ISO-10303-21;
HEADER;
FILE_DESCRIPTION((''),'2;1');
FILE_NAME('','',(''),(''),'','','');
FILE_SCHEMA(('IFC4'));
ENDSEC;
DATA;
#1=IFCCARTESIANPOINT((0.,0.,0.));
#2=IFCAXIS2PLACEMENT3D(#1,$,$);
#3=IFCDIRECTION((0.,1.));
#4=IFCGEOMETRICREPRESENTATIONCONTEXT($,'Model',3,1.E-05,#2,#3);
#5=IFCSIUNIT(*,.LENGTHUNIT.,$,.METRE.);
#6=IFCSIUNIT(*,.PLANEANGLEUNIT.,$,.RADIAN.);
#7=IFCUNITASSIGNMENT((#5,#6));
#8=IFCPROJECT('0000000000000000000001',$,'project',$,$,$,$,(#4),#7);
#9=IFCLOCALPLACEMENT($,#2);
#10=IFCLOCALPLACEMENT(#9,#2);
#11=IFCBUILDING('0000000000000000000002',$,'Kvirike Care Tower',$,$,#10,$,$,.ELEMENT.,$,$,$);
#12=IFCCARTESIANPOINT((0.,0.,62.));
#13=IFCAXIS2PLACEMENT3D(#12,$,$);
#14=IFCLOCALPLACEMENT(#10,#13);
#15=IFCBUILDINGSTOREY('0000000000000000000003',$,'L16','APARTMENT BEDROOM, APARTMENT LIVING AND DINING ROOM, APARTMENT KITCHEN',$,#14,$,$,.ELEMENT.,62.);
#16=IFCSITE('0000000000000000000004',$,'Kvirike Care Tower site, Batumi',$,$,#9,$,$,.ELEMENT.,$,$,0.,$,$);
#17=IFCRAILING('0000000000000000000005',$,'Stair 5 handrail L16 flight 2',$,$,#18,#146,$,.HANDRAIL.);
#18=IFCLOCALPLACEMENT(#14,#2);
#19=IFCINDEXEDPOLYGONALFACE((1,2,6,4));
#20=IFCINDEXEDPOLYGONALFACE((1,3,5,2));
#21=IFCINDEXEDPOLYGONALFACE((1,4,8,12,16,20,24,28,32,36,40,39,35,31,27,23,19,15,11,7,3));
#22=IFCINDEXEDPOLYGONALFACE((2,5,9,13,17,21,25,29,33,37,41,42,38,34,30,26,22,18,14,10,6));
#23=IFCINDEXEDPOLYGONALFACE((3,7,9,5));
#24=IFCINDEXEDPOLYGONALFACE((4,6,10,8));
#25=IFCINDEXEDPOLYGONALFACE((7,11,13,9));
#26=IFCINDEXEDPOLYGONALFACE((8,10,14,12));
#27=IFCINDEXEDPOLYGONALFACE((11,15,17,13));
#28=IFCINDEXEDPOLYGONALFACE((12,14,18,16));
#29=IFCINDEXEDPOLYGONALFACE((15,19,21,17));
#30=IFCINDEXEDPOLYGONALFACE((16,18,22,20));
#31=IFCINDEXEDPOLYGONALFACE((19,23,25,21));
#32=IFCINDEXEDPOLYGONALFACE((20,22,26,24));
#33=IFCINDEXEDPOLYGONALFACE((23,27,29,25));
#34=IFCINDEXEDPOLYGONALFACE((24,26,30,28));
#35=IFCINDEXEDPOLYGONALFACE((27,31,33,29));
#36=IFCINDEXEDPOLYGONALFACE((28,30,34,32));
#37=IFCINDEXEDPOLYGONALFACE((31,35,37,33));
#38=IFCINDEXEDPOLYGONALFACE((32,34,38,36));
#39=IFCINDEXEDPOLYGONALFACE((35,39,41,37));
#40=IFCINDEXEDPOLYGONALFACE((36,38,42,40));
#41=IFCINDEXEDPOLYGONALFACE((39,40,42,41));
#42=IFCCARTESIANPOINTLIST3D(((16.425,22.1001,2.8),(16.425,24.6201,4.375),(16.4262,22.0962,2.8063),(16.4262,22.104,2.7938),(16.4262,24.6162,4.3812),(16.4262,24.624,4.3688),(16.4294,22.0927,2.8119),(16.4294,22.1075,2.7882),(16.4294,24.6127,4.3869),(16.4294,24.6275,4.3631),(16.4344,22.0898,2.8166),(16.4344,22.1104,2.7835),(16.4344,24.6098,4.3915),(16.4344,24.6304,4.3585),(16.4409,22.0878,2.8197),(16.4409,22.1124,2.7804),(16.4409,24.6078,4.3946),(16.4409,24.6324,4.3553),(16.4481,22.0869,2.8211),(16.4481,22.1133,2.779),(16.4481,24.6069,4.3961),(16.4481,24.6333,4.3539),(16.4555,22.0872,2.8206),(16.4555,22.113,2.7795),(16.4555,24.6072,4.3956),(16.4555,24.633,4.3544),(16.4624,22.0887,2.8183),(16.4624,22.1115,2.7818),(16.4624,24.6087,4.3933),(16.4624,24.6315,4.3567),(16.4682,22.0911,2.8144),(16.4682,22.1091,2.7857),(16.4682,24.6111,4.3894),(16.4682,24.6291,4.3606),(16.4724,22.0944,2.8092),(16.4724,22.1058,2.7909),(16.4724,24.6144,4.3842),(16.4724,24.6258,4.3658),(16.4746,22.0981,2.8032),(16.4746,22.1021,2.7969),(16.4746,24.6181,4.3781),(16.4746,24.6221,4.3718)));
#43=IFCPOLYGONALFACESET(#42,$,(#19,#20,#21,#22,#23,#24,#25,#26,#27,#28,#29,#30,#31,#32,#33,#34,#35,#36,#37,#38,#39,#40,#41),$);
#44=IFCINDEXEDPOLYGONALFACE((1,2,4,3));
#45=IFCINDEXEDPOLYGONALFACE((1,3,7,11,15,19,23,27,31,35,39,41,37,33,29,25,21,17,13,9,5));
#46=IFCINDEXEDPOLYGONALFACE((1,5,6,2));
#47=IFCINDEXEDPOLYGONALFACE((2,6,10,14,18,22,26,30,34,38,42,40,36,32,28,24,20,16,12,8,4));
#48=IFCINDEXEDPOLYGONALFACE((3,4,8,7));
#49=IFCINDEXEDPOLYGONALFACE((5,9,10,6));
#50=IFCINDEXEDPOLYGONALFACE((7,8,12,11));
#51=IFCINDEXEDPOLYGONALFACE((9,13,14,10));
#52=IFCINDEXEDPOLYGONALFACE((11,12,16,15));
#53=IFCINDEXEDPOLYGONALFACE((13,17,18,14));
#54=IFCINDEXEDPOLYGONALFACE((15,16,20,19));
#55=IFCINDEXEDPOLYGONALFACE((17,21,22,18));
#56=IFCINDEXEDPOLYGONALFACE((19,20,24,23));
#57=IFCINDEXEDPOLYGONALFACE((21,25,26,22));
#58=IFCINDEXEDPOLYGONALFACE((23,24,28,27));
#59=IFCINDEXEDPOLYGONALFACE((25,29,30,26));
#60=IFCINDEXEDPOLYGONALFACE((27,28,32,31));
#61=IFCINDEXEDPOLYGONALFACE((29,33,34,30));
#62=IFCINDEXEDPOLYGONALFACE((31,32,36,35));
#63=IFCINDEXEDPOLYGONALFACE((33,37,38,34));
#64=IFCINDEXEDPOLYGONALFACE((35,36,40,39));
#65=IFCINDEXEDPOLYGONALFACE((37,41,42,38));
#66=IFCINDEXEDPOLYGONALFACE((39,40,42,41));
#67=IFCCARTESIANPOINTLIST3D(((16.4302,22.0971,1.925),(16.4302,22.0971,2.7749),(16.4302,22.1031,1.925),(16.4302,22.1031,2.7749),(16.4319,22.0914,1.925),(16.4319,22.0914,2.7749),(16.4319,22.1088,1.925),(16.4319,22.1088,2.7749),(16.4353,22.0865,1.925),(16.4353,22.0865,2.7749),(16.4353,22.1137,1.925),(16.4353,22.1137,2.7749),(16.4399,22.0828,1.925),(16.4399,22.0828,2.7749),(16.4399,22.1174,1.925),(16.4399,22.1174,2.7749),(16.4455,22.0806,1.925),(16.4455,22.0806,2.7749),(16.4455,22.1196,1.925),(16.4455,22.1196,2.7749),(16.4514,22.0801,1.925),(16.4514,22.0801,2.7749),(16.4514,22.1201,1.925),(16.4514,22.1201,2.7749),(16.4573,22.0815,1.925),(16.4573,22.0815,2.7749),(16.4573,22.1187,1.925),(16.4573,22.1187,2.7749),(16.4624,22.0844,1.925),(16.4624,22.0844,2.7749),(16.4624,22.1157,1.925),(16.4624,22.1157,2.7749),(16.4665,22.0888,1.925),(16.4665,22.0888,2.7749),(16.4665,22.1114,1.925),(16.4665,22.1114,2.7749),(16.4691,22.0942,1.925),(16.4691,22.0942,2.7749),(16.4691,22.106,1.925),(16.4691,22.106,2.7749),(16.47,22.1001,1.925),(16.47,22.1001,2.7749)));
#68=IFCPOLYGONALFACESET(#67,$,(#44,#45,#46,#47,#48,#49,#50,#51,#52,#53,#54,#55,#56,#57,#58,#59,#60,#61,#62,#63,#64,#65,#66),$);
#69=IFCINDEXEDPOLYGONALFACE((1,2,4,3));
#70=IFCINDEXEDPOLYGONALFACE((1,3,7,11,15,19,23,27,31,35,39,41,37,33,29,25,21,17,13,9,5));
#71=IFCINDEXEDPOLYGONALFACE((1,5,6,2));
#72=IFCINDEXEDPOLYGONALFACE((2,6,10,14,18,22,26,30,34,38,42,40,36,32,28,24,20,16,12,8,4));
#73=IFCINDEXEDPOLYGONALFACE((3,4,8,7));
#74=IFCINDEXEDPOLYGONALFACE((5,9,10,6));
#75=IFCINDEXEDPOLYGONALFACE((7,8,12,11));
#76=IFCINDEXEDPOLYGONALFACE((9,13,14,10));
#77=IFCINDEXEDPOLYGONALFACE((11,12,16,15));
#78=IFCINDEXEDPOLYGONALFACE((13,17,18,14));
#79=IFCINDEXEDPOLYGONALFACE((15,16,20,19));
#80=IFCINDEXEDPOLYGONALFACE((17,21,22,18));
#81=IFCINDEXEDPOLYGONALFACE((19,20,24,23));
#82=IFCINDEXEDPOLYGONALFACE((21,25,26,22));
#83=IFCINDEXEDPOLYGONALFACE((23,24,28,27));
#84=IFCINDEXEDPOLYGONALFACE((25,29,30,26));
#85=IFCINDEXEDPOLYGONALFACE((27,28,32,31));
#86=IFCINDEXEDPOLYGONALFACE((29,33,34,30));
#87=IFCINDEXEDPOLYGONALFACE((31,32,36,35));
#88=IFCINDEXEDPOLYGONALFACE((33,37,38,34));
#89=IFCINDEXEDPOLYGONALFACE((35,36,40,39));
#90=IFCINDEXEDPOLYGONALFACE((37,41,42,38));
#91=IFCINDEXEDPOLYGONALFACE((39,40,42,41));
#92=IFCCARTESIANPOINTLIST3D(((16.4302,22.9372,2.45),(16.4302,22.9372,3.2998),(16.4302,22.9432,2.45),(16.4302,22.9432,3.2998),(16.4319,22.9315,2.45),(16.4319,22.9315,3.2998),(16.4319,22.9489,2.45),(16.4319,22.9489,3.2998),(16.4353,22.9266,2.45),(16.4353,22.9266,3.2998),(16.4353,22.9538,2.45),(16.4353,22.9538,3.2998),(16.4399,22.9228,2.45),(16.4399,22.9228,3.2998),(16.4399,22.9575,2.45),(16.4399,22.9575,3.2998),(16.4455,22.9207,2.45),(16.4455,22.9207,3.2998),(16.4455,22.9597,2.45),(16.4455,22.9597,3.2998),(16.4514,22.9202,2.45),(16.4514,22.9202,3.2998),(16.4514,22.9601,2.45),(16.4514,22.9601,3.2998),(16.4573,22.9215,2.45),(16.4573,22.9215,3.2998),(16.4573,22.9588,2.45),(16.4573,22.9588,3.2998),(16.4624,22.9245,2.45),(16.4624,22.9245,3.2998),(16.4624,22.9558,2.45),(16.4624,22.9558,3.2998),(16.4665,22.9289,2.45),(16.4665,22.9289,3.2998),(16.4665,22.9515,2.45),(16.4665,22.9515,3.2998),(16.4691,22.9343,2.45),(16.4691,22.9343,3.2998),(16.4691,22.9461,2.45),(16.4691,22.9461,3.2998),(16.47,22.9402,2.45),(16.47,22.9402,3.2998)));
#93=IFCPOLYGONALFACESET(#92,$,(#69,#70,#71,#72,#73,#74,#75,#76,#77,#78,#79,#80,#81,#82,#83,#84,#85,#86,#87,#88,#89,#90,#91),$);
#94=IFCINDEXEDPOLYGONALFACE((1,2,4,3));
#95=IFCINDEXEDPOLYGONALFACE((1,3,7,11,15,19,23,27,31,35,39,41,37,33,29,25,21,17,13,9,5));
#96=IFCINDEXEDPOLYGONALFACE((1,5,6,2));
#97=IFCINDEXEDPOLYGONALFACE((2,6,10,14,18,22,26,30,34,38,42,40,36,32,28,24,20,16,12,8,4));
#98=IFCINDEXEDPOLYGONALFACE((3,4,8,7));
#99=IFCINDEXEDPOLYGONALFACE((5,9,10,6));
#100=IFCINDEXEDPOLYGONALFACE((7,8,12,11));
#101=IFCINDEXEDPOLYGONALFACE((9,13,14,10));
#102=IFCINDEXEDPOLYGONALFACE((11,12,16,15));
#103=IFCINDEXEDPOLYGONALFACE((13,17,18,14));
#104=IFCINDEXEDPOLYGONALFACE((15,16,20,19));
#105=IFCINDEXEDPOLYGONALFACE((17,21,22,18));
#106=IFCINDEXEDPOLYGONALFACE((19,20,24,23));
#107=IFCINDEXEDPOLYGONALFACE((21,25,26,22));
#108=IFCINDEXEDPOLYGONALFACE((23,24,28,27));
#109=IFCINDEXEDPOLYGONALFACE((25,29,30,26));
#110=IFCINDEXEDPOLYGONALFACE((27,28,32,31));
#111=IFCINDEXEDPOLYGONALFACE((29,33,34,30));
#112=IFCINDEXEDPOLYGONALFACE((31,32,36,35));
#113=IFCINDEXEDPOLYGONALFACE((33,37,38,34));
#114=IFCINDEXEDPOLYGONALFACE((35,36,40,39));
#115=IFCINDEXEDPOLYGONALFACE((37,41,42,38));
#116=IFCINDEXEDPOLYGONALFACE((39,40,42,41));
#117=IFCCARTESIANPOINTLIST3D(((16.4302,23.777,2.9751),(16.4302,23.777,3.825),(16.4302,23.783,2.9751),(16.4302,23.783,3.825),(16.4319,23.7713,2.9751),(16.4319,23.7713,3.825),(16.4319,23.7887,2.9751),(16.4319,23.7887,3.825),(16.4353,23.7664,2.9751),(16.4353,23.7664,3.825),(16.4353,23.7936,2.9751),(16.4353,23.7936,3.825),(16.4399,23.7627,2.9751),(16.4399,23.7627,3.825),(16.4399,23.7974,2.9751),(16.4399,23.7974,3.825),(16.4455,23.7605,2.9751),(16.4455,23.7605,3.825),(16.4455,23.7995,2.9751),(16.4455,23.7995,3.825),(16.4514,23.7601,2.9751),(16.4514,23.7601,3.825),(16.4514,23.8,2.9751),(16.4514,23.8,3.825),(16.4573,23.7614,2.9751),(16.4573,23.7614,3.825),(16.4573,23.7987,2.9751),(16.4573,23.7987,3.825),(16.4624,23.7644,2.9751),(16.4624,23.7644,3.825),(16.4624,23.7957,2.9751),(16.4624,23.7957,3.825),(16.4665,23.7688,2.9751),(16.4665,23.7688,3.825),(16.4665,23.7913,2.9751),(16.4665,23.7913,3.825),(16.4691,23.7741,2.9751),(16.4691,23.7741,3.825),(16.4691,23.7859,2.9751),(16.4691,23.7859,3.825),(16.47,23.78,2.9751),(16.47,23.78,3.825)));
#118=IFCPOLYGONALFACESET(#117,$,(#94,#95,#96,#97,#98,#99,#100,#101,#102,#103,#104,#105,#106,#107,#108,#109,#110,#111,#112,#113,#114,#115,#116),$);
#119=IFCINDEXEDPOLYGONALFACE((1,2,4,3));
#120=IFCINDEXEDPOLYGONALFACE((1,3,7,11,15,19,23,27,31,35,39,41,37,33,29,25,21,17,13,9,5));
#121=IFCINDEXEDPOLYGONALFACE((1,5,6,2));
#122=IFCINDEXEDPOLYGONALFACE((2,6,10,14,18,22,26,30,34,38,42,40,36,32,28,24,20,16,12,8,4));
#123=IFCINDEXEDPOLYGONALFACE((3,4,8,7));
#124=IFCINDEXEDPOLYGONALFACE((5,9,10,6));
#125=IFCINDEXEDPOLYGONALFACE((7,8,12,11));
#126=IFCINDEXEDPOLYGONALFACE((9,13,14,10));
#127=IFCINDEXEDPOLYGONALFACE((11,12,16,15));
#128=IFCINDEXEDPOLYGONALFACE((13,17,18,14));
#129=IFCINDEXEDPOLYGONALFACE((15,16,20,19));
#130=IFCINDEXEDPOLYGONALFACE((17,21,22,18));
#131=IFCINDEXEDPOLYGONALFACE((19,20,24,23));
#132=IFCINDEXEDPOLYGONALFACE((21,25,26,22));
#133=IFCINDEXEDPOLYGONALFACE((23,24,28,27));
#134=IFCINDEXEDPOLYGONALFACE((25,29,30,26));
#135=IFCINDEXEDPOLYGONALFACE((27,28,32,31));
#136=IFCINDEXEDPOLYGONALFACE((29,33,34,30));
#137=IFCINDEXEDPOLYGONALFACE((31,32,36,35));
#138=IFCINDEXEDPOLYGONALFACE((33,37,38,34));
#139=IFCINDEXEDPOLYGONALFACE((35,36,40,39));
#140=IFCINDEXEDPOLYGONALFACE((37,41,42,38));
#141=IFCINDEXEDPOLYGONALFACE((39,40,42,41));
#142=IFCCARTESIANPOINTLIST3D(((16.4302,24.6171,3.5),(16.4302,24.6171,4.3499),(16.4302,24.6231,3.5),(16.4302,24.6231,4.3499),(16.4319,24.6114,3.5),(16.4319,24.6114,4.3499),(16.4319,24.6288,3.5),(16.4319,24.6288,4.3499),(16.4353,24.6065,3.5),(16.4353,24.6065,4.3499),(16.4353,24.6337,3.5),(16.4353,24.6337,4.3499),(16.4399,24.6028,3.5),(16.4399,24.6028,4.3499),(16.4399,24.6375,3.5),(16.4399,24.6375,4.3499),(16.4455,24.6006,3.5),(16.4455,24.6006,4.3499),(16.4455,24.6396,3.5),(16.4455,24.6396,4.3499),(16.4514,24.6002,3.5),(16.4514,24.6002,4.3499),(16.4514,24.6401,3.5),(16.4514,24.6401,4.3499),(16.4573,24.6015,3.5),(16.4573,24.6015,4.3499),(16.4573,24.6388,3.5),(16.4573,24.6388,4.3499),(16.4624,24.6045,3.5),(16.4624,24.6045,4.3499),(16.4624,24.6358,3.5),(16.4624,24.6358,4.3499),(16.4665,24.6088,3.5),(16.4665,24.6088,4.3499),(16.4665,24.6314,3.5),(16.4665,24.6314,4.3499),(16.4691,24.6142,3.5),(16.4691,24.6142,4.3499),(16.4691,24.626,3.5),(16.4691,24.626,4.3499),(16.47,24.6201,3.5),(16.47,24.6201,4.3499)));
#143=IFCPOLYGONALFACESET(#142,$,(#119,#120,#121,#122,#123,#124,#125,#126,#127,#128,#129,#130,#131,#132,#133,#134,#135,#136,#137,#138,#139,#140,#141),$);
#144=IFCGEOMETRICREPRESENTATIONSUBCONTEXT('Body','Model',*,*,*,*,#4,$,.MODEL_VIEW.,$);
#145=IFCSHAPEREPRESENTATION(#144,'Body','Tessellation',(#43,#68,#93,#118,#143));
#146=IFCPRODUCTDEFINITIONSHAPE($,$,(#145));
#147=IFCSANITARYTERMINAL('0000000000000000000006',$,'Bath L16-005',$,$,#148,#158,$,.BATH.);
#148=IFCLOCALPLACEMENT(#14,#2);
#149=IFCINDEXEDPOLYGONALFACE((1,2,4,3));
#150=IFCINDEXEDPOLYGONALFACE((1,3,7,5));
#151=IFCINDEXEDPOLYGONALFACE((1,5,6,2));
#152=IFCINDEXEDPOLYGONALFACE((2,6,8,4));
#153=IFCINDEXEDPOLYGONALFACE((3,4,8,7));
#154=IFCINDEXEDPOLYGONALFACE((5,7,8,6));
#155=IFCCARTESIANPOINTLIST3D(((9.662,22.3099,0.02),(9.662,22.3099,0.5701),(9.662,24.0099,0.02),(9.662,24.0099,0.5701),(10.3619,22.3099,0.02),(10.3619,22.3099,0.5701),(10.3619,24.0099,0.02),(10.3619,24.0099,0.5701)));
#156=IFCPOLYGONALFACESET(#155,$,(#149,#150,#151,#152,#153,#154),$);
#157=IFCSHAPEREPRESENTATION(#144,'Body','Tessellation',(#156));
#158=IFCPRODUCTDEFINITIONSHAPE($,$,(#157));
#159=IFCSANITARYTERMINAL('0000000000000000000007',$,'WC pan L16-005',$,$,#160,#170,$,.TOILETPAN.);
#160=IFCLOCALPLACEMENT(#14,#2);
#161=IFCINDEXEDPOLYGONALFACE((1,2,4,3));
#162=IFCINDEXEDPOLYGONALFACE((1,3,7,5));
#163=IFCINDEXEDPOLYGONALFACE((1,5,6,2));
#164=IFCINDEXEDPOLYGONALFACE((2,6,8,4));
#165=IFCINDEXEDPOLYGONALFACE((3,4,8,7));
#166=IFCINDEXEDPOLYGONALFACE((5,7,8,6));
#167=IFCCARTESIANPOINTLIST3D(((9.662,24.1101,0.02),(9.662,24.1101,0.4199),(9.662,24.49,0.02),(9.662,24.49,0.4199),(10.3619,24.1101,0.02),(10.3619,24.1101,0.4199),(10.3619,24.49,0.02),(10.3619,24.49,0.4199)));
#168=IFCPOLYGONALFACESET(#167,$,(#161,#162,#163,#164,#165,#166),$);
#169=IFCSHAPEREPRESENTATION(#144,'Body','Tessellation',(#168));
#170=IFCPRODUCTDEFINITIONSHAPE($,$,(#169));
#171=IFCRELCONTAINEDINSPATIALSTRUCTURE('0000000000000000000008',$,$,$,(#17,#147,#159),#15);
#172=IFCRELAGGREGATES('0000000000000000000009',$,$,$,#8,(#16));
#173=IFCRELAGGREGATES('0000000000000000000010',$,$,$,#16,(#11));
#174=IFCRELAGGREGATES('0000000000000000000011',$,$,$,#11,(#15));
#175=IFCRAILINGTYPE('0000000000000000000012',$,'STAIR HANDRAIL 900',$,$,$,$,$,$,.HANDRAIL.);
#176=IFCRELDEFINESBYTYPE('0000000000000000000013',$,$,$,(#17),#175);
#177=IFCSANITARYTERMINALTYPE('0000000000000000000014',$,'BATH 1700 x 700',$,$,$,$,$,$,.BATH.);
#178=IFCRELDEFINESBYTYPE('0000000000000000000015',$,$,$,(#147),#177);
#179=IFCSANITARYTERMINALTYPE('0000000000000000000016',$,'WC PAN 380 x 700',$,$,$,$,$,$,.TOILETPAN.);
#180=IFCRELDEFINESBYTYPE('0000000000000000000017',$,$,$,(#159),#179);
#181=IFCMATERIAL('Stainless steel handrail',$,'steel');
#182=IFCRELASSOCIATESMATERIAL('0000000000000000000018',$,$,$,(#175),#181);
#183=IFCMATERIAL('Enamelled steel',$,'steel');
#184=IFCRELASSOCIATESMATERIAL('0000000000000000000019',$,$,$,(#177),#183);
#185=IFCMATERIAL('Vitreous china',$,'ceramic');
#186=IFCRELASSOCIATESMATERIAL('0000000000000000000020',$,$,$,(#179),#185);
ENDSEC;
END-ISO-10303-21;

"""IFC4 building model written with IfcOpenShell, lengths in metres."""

from ifc_helpers import new_model, si_unit, direction, frame, origin, origin_2d, place, context, subcontext, project, spatial, rectangle, circle, extrude, material, type_object, element, save


model = new_model("IFC4")

# Units and contexts
model_context = context("Model", 3, precision=1e-05, world=origin(), true_north=direction((0.0, 1.0)))
body_context = subcontext(model_context, "Body", "Model", "MODEL_VIEW")
ifc_project = project(units=[si_unit("LENGTHUNIT", "METRE"), si_unit("PLANEANGLEUNIT", "RADIAN")], contexts=[model_context])

# Site, building, storey
site_placement = place(None, origin())
site = spatial("IfcSite", under=ifc_project, at=site_placement, Name="Kvirike Care Tower site, Batumi", CompositionType="ELEMENT", RefElevation=0.0)
building_placement = place(site_placement, origin())
building = spatial("IfcBuilding", under=site, at=building_placement, Name="Kvirike Care Tower", CompositionType="ELEMENT")
storey_placement = place(building_placement, frame((0.0, 0.0, 62.0)))
storey = spatial("IfcBuildingStorey", under=building, at=storey_placement, Name="L16", Description="APARTMENT BEDROOM, APARTMENT LIVING AND DINING ROOM, APARTMENT KITCHEN", CompositionType="ELEMENT", Elevation=62.0)

# Railing
ifc_material_1 = material(Name="Stainless steel handrail", Category="steel")
railing_type = type_object("IfcRailingType", Name="STAIR HANDRAIL 900", PredefinedType="HANDRAIL", material=ifc_material_1)
railing_placement = place(storey_placement, frame((16.45, 22.1001, 1.925)))
element("IfcRailing", 1, at=railing_placement, inside=storey, type_object=railing_type, Name="Stair 5 handrail L16 flight 2", PredefinedType="HANDRAIL", context=body_context, shape_type="SweptSolid", body=[
    extrude(circle(Radius=0.0249, at=origin_2d()), frame((0.0, 0.0, 0.875), z_axis=(0.0, 0.848008, 0.529984), x_axis=(-1.0, 0.0, 0.0)), (0.0, 0.0, 1.0), 2.9717),
    extrude(circle(Radius=0.02, at=origin_2d()), origin(), (0.0, 0.0, 1.0), 0.8499),
    extrude(circle(Radius=0.02, at=origin_2d()), frame((0.0, 0.8401, 0.5249)), (0.0, 0.0, 1.0), 0.8499),
    extrude(circle(Radius=0.02, at=origin_2d()), frame((0.0, 1.6799, 1.05)), (0.0, 0.0, 1.0), 0.8499),
    extrude(circle(Radius=0.02, at=origin_2d()), frame((0.0, 2.52, 1.575)), (0.0, 0.0, 1.0), 0.8499),
])

# Sanitary terminals
ifc_material_2 = material(Name="Enamelled steel", Category="steel")
sanitary_terminal_type_1 = type_object("IfcSanitaryTerminalType", Name="BATH 1700 x 700", PredefinedType="BATH", material=ifc_material_2)
sanitary_terminal_1_placement = place(storey_placement, frame((10.012, 23.1599, 0.02), z_axis=(0.0, 0.0, 1.0), x_axis=(0.0, 1.0, 0.0)))
element("IfcSanitaryTerminal", 2, at=sanitary_terminal_1_placement, inside=storey, type_object=sanitary_terminal_type_1, Name="Bath L16-005", PredefinedType="BATH", context=body_context, shape_type="SweptSolid", body=[
    extrude(rectangle(XDim=1.7, YDim=0.7, at=origin_2d()), origin(), (0.0, 0.0, 1.0), 0.55),
])
ifc_material_3 = material(Name="Vitreous china", Category="ceramic")
sanitary_terminal_type_2 = type_object("IfcSanitaryTerminalType", Name="WC PAN 380 x 700", PredefinedType="TOILETPAN", material=ifc_material_3)
sanitary_terminal_2_placement = place(storey_placement, frame((10.012, 24.3, 0.02), z_axis=(0.0, 0.0, 1.0), x_axis=(0.0, 1.0, 0.0)))
element("IfcSanitaryTerminal", 3, at=sanitary_terminal_2_placement, inside=storey, type_object=sanitary_terminal_type_2, Name="WC pan L16-005", PredefinedType="TOILETPAN", context=body_context, shape_type="SweptSolid", body=[
    extrude(rectangle(XDim=0.3799, YDim=0.7, at=origin_2d()), origin(), (0.0, 0.0, 1.0), 0.3999),
])

save(model, "model.ifc")
